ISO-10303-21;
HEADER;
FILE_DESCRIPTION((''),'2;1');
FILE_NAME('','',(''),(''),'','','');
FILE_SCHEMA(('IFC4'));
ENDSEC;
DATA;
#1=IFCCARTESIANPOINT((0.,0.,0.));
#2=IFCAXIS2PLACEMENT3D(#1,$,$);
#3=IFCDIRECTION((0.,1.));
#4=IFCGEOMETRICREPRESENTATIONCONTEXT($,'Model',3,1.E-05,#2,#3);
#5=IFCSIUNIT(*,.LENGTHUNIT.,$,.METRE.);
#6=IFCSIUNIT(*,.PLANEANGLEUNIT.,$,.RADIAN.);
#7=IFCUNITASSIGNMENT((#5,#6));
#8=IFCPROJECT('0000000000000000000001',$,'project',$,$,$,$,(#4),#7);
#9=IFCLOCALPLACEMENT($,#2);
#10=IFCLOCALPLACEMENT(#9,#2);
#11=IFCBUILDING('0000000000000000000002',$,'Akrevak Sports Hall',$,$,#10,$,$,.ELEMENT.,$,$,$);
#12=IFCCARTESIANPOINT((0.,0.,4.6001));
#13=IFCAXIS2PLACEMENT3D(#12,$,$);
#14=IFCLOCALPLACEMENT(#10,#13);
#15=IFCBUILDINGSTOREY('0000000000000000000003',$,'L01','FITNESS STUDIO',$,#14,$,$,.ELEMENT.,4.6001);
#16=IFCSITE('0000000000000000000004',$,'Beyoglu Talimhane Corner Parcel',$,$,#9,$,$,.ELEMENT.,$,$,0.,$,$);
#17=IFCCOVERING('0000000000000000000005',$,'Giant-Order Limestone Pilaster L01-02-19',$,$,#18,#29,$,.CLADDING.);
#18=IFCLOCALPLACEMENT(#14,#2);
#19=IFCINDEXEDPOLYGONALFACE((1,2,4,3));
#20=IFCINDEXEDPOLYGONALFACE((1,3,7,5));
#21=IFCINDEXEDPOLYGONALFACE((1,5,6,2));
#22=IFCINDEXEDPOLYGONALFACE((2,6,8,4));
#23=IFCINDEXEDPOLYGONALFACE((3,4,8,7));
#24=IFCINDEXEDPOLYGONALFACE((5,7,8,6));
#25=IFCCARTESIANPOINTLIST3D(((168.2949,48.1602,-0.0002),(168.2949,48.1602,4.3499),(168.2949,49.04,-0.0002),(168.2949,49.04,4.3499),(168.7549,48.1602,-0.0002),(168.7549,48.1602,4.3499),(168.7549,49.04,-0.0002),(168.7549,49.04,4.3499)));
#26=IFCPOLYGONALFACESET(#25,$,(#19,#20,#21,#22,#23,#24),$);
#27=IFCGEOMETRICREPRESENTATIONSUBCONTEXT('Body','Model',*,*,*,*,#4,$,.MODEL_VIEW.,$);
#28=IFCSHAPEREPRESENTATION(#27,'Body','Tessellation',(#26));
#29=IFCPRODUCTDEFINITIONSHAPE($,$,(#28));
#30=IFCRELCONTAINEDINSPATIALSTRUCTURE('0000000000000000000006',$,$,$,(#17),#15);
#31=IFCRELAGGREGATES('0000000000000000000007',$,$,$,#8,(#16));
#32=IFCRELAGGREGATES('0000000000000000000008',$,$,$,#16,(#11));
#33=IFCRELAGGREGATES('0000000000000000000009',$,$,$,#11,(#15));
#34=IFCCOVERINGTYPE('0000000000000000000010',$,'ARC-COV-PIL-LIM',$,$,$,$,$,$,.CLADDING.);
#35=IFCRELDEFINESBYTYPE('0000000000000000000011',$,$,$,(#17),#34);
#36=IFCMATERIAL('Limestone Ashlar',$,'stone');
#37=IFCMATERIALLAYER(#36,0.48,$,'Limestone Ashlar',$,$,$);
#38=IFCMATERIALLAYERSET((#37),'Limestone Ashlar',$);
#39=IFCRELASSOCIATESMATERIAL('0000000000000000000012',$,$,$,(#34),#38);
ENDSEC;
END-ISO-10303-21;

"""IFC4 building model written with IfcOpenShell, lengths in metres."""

from ifc_helpers import new_model, si_unit, direction, frame, origin, origin_2d, place, context, subcontext, project, spatial, rectangle, extrude, material, layer, layer_set, type_object, element, save


model = new_model("IFC4")

# Units and contexts
model_context = context("Model", 3, precision=1e-05, world=origin(), true_north=direction((0.0, 1.0)))
body_context = subcontext(model_context, "Body", "Model", "MODEL_VIEW")
ifc_project = project(units=[si_unit("LENGTHUNIT", "METRE"), si_unit("PLANEANGLEUNIT", "RADIAN")], contexts=[model_context])

# Site, building, storey
site_placement = place(None, origin())
site = spatial("IfcSite", under=ifc_project, at=site_placement, Name="Beyoglu Talimhane Corner Parcel", CompositionType="ELEMENT", RefElevation=0.0)
building_placement = place(site_placement, origin())
building = spatial("IfcBuilding", under=site, at=building_placement, Name="Akrevak Sports Hall", CompositionType="ELEMENT")
storey_placement = place(building_placement, frame((0.0, 0.0, 4.6001)))
storey = spatial("IfcBuildingStorey", under=building, at=storey_placement, Name="L01", Description="FITNESS STUDIO", CompositionType="ELEMENT", Elevation=4.6001)

# Shared definitions
ifc_material_1 = material(Name="Limestone Ashlar", Category="stone")

# Covering
ifc_layer_1 = layer(ifc_material_1, 0.48, Name="Limestone Ashlar")
ifc_layer_set_1 = layer_set([ifc_layer_1], Name="Limestone Ashlar")
covering_type = type_object("IfcCoveringType", Name="ARC-COV-PIL-LIM", PredefinedType="CLADDING", material=ifc_layer_set_1)
for number, where, z_axis, x_axis, name in (
    (1, (168.5249, 48.6001, -0.0002), (0.0, 0.0, 1.0), (0.0, 1.0, 0.0), "Giant-Order Limestone Pilaster L01-02-19"),
):
    element("IfcCovering", number, at=place(storey_placement, frame(where, z_axis=z_axis, x_axis=x_axis)), inside=storey, type_object=covering_type, Name=name, PredefinedType="CLADDING", context=body_context, shape_type="SweptSolid", body=[
        extrude(rectangle(XDim=0.8799, YDim=0.46, at=origin_2d()), origin(), (0.0, 0.0, 1.0), 4.3501),
    ])

save(model, "model.ifc")
